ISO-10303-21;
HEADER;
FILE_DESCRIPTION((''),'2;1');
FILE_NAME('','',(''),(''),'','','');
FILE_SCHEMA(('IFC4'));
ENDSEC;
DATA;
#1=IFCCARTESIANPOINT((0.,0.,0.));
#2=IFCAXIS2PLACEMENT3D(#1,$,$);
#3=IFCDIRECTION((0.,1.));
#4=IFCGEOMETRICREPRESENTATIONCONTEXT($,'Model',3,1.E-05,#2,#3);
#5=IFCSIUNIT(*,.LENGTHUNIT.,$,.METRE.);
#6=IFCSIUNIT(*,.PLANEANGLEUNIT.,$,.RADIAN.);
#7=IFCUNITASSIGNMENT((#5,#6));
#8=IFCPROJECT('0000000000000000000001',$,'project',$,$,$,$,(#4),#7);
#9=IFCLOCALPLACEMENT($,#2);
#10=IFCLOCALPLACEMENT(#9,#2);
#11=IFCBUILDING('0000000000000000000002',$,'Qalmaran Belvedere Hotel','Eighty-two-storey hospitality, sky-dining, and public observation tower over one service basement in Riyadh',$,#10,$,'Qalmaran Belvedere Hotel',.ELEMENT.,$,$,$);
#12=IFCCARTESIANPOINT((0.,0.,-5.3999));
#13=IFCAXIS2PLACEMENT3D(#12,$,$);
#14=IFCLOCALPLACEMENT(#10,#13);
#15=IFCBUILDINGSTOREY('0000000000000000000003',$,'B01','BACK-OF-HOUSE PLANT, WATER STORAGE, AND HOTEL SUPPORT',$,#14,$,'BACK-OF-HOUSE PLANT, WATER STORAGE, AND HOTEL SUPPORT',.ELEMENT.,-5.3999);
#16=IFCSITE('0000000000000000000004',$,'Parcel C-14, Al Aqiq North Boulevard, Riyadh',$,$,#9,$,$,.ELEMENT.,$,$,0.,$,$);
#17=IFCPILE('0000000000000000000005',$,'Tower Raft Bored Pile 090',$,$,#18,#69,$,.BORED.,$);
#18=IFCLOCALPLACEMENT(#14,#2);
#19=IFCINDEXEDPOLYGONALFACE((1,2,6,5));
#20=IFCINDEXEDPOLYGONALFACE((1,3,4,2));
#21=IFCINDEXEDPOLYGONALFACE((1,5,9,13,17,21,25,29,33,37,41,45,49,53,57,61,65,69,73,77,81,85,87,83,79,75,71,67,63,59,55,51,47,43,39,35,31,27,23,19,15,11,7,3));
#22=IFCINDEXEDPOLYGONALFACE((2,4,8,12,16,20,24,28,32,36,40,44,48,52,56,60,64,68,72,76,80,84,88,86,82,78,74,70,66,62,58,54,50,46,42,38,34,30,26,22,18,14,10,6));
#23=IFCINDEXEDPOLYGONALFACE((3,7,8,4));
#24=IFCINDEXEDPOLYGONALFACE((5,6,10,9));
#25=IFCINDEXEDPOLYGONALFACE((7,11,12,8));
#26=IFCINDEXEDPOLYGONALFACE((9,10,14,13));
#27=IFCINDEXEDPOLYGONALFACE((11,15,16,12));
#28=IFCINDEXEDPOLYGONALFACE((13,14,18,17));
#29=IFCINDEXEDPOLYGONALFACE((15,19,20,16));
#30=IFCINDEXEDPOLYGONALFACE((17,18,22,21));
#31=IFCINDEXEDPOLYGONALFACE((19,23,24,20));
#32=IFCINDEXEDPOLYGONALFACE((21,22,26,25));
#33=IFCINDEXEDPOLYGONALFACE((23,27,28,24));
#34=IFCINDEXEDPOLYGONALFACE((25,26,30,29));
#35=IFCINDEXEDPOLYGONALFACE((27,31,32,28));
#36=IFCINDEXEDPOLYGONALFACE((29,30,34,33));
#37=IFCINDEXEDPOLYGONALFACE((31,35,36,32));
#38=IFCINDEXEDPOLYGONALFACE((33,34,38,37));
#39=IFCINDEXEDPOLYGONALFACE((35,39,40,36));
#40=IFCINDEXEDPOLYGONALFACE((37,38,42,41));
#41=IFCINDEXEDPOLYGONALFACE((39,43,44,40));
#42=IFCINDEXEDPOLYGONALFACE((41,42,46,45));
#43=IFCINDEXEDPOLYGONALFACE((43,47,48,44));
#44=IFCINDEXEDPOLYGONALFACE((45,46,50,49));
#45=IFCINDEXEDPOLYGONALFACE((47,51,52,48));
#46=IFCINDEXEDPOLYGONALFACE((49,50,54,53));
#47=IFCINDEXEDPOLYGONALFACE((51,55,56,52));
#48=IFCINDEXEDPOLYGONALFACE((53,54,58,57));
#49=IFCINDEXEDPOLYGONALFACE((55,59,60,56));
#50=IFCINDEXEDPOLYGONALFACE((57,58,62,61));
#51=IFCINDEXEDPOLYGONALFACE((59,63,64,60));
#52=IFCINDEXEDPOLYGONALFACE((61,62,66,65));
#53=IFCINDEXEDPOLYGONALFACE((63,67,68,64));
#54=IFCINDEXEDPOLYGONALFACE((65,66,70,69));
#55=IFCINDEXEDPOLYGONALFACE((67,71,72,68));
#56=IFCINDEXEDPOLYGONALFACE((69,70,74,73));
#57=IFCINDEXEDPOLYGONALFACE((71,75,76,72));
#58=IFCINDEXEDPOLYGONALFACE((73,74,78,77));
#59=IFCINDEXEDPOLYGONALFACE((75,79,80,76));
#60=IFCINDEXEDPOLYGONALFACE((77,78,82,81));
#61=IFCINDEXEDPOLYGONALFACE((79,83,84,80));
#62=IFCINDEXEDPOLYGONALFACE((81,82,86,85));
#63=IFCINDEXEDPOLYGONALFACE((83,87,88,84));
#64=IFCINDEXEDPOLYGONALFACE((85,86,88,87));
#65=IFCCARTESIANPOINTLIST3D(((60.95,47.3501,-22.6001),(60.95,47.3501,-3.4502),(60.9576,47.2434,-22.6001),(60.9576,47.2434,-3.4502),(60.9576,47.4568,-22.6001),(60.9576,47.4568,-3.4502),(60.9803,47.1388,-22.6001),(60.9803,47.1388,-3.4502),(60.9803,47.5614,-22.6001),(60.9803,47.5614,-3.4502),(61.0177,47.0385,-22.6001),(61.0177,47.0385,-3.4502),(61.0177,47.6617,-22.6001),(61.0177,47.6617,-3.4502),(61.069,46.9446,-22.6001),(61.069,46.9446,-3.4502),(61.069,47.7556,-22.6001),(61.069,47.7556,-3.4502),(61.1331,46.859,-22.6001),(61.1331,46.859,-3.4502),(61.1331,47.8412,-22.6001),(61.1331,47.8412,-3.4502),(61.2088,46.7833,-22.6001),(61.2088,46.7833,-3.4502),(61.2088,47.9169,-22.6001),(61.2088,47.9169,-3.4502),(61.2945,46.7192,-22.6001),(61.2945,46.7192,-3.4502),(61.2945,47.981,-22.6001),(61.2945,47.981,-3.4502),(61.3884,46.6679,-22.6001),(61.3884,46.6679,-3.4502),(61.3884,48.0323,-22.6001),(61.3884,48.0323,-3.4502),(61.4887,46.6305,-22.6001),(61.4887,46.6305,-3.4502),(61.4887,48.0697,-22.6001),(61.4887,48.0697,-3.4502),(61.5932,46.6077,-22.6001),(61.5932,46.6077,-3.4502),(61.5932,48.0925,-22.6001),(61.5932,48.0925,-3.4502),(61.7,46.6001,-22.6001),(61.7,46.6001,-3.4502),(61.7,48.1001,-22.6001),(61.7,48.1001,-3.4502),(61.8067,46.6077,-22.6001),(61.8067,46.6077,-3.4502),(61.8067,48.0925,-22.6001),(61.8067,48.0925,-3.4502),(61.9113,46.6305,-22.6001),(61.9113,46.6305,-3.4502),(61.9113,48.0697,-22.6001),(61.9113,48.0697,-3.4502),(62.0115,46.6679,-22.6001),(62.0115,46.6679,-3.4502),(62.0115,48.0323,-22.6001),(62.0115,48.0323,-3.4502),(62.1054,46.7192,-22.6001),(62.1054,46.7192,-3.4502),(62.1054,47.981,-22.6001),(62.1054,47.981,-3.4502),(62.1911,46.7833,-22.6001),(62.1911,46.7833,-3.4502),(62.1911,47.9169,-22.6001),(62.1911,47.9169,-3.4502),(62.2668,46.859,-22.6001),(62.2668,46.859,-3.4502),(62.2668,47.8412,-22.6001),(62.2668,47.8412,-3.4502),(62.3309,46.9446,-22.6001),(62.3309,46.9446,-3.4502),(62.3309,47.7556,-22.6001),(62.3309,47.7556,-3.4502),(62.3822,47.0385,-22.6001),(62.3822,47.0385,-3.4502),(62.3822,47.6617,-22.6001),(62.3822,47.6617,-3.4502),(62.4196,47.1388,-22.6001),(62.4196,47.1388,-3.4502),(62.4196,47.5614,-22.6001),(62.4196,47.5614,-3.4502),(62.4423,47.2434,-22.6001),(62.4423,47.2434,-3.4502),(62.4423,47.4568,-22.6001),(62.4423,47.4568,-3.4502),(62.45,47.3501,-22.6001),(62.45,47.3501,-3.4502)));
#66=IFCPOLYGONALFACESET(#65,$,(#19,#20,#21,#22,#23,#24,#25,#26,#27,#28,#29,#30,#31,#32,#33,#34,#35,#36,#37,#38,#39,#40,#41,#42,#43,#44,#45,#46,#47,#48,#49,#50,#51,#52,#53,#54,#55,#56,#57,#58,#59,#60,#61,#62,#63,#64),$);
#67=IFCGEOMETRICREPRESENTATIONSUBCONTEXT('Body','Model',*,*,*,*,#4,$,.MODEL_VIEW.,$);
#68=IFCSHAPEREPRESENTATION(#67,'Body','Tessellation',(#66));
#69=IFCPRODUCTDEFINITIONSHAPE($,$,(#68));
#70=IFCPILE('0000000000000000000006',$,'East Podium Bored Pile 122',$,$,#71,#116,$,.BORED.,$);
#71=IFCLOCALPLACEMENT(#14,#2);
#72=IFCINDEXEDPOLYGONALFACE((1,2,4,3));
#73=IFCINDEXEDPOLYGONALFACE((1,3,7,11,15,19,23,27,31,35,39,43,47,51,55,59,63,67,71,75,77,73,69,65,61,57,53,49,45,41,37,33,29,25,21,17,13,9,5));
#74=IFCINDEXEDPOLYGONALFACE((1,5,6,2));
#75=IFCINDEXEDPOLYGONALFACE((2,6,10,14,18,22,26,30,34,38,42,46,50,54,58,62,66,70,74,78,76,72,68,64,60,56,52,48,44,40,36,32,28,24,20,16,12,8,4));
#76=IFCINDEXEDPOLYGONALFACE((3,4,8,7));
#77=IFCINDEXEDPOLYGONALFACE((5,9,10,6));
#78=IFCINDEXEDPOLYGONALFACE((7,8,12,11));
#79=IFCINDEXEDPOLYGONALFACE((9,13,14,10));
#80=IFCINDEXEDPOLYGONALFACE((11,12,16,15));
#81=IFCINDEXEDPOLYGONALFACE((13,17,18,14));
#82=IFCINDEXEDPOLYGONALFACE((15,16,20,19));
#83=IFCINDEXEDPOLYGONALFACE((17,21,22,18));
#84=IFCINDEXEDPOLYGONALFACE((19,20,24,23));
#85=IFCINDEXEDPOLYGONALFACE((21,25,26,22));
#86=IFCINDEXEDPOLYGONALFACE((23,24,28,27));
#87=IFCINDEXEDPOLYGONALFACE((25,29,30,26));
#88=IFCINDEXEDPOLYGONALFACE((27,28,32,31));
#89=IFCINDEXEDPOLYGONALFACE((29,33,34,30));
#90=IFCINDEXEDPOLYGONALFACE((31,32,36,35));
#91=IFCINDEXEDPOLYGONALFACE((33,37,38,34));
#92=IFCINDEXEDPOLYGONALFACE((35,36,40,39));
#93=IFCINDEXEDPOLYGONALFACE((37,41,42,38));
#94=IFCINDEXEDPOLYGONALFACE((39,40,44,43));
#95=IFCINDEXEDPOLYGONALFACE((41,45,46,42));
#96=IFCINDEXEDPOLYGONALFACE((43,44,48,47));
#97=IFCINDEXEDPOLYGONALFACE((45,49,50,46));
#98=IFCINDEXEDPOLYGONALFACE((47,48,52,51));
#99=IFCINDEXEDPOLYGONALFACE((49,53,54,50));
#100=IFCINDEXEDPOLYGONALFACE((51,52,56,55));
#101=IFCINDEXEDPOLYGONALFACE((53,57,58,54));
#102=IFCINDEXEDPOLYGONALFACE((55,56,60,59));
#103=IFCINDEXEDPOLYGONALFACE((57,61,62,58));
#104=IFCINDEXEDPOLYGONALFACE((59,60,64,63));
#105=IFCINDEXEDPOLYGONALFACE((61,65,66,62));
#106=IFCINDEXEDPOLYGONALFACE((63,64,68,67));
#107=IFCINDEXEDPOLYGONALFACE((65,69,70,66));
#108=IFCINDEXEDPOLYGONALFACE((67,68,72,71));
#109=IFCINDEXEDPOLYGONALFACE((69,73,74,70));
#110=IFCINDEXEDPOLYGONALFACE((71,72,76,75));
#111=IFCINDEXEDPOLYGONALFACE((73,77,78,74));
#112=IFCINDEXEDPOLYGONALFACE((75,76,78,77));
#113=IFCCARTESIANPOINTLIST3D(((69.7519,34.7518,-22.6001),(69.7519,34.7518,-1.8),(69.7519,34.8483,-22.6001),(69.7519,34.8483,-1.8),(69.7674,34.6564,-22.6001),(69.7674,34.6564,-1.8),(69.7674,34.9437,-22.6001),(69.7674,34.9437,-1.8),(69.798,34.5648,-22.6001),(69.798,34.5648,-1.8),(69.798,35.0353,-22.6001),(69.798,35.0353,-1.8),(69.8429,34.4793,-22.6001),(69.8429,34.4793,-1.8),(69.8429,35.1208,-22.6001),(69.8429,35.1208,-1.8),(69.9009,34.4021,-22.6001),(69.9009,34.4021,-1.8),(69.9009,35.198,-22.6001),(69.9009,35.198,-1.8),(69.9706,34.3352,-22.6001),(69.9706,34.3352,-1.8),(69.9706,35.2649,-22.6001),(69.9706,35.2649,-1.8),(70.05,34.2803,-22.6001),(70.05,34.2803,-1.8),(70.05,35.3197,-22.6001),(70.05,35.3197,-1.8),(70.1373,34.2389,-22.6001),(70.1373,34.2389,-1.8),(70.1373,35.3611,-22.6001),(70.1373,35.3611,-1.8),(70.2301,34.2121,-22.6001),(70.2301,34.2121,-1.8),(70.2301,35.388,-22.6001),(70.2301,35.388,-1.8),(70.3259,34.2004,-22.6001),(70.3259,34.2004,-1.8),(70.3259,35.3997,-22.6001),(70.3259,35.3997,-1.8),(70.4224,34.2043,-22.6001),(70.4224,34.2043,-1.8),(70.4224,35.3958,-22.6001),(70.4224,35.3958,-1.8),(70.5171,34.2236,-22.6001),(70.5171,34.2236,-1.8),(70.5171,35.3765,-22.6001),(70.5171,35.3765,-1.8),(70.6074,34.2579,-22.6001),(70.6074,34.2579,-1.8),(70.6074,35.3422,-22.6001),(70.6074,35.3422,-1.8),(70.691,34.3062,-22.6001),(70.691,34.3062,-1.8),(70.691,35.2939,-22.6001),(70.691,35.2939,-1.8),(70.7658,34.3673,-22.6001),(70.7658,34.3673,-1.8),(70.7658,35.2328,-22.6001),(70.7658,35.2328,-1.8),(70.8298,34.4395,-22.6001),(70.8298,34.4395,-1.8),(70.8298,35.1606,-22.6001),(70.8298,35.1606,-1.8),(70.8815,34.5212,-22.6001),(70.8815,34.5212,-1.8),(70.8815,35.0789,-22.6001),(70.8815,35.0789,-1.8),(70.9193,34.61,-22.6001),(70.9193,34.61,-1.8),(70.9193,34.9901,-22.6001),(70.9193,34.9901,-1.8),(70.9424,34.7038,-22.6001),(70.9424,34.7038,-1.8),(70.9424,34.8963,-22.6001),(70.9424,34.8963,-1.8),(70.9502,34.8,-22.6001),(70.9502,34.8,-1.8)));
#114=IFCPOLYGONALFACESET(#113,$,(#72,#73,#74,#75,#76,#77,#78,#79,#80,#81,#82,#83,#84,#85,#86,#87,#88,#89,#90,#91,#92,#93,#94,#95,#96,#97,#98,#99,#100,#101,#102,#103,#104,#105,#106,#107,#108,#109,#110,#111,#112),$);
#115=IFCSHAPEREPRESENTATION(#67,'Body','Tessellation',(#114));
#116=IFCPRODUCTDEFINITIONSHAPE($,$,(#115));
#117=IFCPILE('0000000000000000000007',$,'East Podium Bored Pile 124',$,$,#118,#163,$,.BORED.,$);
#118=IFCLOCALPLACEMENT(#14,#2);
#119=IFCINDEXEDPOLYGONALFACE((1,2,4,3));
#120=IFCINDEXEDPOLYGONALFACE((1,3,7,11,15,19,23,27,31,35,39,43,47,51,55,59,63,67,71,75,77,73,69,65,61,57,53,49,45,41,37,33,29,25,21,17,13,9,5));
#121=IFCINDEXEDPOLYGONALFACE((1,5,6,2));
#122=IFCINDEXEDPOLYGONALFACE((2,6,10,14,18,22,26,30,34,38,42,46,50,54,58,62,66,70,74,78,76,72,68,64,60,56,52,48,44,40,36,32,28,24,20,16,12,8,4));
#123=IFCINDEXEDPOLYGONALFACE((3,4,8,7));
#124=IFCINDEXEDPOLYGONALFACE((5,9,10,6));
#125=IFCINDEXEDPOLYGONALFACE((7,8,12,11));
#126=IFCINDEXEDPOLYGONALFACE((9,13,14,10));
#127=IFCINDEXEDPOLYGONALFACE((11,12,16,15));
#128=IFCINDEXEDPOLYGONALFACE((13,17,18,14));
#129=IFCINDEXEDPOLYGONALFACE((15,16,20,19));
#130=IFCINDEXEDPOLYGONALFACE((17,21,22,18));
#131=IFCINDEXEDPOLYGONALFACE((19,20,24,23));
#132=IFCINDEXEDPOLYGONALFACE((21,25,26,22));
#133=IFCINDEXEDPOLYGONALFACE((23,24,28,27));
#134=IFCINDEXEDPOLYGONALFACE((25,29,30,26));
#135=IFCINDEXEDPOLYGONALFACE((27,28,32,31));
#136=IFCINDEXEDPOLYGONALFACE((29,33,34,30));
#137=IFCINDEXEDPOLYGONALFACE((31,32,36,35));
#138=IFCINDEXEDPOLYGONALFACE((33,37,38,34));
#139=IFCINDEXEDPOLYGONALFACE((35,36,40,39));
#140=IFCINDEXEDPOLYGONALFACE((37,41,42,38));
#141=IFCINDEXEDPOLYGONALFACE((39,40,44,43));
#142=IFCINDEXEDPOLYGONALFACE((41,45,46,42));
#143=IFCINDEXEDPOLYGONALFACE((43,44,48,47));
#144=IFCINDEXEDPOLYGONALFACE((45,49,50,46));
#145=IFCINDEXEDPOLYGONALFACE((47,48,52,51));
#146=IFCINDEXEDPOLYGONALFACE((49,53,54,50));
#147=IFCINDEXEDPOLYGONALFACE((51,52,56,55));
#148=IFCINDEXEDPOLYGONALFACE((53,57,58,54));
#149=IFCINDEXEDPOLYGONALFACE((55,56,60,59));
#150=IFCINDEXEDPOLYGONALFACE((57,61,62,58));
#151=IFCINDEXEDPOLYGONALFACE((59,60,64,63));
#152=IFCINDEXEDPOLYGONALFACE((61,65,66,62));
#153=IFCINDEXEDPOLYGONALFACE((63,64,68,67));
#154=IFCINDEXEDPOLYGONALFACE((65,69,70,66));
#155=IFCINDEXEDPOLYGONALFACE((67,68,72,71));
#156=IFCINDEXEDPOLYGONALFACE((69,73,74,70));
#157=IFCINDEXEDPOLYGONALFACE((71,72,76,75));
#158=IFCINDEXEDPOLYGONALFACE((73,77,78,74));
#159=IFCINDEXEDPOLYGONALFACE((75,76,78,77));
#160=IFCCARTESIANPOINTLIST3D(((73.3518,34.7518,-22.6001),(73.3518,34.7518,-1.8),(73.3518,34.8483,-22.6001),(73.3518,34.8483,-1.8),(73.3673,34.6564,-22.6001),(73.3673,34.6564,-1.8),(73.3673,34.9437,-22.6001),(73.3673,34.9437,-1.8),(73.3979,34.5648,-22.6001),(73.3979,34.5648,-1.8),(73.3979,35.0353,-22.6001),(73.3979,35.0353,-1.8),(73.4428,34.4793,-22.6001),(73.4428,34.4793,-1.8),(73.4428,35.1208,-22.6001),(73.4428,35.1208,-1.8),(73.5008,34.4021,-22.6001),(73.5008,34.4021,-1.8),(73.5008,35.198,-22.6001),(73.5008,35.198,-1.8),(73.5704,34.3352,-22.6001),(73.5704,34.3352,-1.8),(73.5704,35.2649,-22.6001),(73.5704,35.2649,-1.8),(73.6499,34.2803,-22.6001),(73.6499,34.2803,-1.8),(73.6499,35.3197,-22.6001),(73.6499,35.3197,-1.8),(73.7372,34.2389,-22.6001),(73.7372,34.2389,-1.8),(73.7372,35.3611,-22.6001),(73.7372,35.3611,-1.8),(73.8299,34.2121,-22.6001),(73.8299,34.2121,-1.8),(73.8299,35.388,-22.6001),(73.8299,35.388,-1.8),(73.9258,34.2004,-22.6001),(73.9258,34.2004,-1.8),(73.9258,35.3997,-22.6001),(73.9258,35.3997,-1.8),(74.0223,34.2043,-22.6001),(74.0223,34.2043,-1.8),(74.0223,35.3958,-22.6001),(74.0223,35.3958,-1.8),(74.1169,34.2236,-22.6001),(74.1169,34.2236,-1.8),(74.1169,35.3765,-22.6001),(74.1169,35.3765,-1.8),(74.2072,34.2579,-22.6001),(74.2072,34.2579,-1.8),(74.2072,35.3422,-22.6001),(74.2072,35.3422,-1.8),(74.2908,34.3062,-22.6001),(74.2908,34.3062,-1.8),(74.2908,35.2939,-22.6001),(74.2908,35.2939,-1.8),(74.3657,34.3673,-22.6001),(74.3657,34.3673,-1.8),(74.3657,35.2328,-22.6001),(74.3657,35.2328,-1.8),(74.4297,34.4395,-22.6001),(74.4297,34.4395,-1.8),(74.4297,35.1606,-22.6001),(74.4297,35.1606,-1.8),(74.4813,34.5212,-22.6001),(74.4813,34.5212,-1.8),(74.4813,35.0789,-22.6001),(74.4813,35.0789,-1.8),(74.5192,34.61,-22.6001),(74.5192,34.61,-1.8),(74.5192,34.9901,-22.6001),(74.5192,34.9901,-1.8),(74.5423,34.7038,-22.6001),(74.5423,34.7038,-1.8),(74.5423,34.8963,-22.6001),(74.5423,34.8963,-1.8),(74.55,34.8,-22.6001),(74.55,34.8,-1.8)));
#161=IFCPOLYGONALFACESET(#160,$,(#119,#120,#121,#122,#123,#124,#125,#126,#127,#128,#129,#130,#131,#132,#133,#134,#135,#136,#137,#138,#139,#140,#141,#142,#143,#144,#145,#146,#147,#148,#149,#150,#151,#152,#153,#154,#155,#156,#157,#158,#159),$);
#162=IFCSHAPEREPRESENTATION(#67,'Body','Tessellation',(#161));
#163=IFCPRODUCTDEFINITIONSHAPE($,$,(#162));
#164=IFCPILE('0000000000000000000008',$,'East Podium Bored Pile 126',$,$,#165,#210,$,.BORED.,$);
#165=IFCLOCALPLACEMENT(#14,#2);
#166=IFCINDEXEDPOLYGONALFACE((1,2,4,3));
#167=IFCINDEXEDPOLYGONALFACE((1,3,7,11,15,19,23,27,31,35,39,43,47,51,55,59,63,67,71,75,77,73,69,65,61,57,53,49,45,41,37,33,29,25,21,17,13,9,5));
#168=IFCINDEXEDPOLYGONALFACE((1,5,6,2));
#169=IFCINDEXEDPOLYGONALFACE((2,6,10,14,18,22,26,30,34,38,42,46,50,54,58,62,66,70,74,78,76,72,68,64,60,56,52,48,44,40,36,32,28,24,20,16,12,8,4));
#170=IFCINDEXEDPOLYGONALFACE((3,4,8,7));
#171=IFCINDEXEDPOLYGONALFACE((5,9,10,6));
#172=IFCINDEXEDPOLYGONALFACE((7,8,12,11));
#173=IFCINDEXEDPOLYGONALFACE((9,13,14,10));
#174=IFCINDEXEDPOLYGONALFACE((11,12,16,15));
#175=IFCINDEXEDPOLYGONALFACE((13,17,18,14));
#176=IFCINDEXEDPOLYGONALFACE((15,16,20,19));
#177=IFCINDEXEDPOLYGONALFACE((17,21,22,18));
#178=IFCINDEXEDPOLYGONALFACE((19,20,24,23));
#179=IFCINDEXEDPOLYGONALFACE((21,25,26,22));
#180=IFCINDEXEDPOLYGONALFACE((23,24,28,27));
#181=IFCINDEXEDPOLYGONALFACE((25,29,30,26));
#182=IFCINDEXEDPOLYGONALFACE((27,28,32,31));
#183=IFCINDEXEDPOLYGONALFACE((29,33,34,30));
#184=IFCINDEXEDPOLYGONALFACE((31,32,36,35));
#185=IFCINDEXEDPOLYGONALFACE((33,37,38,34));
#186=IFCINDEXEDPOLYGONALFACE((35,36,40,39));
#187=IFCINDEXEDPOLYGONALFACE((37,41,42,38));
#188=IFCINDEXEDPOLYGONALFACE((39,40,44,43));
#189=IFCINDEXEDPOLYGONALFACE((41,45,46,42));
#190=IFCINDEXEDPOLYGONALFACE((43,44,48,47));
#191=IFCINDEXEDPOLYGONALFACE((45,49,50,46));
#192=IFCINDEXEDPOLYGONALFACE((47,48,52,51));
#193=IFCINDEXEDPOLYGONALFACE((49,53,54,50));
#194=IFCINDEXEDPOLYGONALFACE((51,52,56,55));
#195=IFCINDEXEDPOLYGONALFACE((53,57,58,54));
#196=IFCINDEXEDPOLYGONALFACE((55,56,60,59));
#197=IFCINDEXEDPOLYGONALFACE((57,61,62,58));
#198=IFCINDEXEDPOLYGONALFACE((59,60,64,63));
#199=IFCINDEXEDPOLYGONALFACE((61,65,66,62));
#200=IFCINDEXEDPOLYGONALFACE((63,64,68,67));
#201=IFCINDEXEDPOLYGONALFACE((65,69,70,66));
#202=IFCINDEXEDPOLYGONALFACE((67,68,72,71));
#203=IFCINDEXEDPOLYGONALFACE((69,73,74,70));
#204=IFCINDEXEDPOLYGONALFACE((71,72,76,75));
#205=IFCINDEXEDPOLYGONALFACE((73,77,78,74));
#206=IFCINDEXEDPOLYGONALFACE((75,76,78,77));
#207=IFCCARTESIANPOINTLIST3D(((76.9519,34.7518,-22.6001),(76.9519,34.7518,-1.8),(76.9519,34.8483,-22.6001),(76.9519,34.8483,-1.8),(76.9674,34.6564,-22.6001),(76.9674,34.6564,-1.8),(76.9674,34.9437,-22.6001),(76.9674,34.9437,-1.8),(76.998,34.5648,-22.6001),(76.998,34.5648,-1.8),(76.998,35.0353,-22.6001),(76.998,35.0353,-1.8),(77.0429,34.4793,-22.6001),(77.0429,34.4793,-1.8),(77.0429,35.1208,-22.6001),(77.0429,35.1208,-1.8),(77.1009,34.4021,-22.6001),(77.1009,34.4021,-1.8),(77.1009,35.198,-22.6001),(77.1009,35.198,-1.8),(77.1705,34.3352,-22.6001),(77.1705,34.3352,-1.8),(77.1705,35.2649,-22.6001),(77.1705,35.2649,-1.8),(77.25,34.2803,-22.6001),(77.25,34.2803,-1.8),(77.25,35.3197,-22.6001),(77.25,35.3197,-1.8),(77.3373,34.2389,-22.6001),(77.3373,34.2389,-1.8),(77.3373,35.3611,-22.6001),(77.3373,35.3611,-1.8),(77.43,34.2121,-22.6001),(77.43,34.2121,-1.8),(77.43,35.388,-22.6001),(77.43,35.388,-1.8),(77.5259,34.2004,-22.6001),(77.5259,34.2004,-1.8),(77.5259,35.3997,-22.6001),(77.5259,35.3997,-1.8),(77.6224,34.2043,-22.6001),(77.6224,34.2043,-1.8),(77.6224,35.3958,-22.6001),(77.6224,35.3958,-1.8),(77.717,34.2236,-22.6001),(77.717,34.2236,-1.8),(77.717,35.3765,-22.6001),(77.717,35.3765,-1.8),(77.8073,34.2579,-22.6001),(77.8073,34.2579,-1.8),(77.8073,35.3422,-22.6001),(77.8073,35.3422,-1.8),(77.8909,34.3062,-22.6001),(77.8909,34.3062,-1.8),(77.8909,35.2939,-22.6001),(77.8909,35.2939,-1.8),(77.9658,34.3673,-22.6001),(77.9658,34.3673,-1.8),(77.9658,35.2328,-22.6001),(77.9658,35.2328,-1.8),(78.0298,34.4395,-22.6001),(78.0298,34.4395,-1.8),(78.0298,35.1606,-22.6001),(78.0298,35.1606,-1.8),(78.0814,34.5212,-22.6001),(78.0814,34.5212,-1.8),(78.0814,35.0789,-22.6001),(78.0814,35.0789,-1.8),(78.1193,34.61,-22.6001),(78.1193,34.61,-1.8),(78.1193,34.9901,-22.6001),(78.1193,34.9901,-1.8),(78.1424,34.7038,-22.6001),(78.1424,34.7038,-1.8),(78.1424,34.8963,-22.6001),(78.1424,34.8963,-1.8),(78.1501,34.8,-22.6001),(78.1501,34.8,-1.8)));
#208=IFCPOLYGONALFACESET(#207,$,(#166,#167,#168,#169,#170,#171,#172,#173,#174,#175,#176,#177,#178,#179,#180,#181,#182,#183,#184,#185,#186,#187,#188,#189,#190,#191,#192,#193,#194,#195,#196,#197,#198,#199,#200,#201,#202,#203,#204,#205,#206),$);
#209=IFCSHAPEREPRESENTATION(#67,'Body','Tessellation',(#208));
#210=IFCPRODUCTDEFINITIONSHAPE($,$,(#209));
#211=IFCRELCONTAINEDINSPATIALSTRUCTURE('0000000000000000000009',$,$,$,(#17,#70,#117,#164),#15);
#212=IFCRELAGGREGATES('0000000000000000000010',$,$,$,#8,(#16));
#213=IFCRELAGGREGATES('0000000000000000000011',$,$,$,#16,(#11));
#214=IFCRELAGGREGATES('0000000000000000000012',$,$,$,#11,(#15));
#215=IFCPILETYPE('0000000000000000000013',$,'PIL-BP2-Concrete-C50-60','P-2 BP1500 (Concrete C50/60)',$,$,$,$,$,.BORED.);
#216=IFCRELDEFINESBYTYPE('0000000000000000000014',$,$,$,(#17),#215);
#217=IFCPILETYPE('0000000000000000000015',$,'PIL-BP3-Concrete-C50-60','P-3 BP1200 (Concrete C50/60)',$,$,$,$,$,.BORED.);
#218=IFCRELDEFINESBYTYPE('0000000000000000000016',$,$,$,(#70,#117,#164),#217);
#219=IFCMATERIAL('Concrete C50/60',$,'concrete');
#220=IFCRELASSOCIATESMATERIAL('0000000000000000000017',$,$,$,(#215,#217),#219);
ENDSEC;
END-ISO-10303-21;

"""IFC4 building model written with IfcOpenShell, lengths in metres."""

from ifc_helpers import new_model, si_unit, direction, frame, origin, origin_2d, place, context, subcontext, project, spatial, circle, extrude, material, material_profile, profile_set, type_object, element, save


model = new_model("IFC4")

# Units and contexts
model_context = context("Model", 3, precision=1e-05, world=origin(), true_north=direction((0.0, 1.0)))
body_context = subcontext(model_context, "Body", "Model", "MODEL_VIEW")
ifc_project = project(units=[si_unit("LENGTHUNIT", "METRE"), si_unit("PLANEANGLEUNIT", "RADIAN")], contexts=[model_context])

# Site, building, storey
site_placement = place(None, origin())
site = spatial("IfcSite", under=ifc_project, at=site_placement, Name="Parcel C-14, Al Aqiq North Boulevard, Riyadh", CompositionType="ELEMENT", RefElevation=0.0)
building_placement = place(site_placement, origin())
building = spatial("IfcBuilding", under=site, at=building_placement, Name="Qalmaran Belvedere Hotel", Description="Eighty-two-storey hospitality, sky-dining, and public observation tower over one service basement in Riyadh", LongName="Qalmaran Belvedere Hotel", CompositionType="ELEMENT")
storey_placement = place(building_placement, frame((0.0, 0.0, -5.3999)))
storey = spatial("IfcBuildingStorey", under=building, at=storey_placement, Name="B01", Description="BACK-OF-HOUSE PLANT, WATER STORAGE, AND HOTEL SUPPORT", LongName="BACK-OF-HOUSE PLANT, WATER STORAGE, AND HOTEL SUPPORT", CompositionType="ELEMENT", Elevation=-5.3999)

# Shared definitions
ifc_material_1 = material(Name="Concrete C50/60", Category="concrete")

# Piles
ifc_material_profile_1 = material_profile(ifc_material_1, circle(Radius=0.75, at=origin_2d()), Name="BP1500")
ifc_profile_set_1 = profile_set([ifc_material_profile_1], Name="Concrete C50/60")
pile_type_1 = type_object("IfcPileType", Name="PIL-BP2-Concrete-C50-60", Description="P-2 BP1500 (Concrete C50/60)", PredefinedType="BORED", material=ifc_profile_set_1)
for number, where, z_axis, x_axis, name in (
    (1, (61.7, 47.3501, -3.4502), (0.0, 0.0, -1.0), (1.0, 0.0, 0.0), "Tower Raft Bored Pile 090"),
):
    element("IfcPile", number, at=place(storey_placement, frame(where, z_axis=z_axis, x_axis=x_axis)), inside=storey, type_object=pile_type_1, Name=name, PredefinedType="BORED", context=body_context, shape_type="SweptSolid", body=[
        extrude(circle(Radius=0.75, at=origin_2d()), origin(), (0.0, 0.0, 1.0), 19.1499),
    ])
ifc_material_profile_2 = material_profile(ifc_material_1, circle(Radius=0.6001, at=origin_2d()), Name="BP1200")
ifc_profile_set_2 = profile_set([ifc_material_profile_2], Name="Concrete C50/60")
pile_type_2 = type_object("IfcPileType", Name="PIL-BP3-Concrete-C50-60", Description="P-3 BP1200 (Concrete C50/60)", PredefinedType="BORED", material=ifc_profile_set_2)
for number, where, z_axis, x_axis, name in (
    (2, (70.3501, 34.8, -1.8), (0.0, 0.0, -1.0), (1.0, 0.0, 0.0), "East Podium Bored Pile 122"),
    (3, (73.95, 34.8, -1.8), (0.0, 0.0, -1.0), (1.0, 0.0, 0.0), "East Podium Bored Pile 124"),
    (4, (77.55, 34.8, -1.8), (0.0, 0.0, -1.0), (1.0, 0.0, 0.0), "East Podium Bored Pile 126"),
):
    element("IfcPile", number, at=place(storey_placement, frame(where, z_axis=z_axis, x_axis=x_axis)), inside=storey, type_object=pile_type_2, Name=name, PredefinedType="BORED", context=body_context, shape_type="SweptSolid", body=[
        extrude(circle(Radius=0.6001, at=origin_2d()), origin(), (0.0, 0.0, 1.0), 20.8),
    ])

save(model, "model.ifc")
